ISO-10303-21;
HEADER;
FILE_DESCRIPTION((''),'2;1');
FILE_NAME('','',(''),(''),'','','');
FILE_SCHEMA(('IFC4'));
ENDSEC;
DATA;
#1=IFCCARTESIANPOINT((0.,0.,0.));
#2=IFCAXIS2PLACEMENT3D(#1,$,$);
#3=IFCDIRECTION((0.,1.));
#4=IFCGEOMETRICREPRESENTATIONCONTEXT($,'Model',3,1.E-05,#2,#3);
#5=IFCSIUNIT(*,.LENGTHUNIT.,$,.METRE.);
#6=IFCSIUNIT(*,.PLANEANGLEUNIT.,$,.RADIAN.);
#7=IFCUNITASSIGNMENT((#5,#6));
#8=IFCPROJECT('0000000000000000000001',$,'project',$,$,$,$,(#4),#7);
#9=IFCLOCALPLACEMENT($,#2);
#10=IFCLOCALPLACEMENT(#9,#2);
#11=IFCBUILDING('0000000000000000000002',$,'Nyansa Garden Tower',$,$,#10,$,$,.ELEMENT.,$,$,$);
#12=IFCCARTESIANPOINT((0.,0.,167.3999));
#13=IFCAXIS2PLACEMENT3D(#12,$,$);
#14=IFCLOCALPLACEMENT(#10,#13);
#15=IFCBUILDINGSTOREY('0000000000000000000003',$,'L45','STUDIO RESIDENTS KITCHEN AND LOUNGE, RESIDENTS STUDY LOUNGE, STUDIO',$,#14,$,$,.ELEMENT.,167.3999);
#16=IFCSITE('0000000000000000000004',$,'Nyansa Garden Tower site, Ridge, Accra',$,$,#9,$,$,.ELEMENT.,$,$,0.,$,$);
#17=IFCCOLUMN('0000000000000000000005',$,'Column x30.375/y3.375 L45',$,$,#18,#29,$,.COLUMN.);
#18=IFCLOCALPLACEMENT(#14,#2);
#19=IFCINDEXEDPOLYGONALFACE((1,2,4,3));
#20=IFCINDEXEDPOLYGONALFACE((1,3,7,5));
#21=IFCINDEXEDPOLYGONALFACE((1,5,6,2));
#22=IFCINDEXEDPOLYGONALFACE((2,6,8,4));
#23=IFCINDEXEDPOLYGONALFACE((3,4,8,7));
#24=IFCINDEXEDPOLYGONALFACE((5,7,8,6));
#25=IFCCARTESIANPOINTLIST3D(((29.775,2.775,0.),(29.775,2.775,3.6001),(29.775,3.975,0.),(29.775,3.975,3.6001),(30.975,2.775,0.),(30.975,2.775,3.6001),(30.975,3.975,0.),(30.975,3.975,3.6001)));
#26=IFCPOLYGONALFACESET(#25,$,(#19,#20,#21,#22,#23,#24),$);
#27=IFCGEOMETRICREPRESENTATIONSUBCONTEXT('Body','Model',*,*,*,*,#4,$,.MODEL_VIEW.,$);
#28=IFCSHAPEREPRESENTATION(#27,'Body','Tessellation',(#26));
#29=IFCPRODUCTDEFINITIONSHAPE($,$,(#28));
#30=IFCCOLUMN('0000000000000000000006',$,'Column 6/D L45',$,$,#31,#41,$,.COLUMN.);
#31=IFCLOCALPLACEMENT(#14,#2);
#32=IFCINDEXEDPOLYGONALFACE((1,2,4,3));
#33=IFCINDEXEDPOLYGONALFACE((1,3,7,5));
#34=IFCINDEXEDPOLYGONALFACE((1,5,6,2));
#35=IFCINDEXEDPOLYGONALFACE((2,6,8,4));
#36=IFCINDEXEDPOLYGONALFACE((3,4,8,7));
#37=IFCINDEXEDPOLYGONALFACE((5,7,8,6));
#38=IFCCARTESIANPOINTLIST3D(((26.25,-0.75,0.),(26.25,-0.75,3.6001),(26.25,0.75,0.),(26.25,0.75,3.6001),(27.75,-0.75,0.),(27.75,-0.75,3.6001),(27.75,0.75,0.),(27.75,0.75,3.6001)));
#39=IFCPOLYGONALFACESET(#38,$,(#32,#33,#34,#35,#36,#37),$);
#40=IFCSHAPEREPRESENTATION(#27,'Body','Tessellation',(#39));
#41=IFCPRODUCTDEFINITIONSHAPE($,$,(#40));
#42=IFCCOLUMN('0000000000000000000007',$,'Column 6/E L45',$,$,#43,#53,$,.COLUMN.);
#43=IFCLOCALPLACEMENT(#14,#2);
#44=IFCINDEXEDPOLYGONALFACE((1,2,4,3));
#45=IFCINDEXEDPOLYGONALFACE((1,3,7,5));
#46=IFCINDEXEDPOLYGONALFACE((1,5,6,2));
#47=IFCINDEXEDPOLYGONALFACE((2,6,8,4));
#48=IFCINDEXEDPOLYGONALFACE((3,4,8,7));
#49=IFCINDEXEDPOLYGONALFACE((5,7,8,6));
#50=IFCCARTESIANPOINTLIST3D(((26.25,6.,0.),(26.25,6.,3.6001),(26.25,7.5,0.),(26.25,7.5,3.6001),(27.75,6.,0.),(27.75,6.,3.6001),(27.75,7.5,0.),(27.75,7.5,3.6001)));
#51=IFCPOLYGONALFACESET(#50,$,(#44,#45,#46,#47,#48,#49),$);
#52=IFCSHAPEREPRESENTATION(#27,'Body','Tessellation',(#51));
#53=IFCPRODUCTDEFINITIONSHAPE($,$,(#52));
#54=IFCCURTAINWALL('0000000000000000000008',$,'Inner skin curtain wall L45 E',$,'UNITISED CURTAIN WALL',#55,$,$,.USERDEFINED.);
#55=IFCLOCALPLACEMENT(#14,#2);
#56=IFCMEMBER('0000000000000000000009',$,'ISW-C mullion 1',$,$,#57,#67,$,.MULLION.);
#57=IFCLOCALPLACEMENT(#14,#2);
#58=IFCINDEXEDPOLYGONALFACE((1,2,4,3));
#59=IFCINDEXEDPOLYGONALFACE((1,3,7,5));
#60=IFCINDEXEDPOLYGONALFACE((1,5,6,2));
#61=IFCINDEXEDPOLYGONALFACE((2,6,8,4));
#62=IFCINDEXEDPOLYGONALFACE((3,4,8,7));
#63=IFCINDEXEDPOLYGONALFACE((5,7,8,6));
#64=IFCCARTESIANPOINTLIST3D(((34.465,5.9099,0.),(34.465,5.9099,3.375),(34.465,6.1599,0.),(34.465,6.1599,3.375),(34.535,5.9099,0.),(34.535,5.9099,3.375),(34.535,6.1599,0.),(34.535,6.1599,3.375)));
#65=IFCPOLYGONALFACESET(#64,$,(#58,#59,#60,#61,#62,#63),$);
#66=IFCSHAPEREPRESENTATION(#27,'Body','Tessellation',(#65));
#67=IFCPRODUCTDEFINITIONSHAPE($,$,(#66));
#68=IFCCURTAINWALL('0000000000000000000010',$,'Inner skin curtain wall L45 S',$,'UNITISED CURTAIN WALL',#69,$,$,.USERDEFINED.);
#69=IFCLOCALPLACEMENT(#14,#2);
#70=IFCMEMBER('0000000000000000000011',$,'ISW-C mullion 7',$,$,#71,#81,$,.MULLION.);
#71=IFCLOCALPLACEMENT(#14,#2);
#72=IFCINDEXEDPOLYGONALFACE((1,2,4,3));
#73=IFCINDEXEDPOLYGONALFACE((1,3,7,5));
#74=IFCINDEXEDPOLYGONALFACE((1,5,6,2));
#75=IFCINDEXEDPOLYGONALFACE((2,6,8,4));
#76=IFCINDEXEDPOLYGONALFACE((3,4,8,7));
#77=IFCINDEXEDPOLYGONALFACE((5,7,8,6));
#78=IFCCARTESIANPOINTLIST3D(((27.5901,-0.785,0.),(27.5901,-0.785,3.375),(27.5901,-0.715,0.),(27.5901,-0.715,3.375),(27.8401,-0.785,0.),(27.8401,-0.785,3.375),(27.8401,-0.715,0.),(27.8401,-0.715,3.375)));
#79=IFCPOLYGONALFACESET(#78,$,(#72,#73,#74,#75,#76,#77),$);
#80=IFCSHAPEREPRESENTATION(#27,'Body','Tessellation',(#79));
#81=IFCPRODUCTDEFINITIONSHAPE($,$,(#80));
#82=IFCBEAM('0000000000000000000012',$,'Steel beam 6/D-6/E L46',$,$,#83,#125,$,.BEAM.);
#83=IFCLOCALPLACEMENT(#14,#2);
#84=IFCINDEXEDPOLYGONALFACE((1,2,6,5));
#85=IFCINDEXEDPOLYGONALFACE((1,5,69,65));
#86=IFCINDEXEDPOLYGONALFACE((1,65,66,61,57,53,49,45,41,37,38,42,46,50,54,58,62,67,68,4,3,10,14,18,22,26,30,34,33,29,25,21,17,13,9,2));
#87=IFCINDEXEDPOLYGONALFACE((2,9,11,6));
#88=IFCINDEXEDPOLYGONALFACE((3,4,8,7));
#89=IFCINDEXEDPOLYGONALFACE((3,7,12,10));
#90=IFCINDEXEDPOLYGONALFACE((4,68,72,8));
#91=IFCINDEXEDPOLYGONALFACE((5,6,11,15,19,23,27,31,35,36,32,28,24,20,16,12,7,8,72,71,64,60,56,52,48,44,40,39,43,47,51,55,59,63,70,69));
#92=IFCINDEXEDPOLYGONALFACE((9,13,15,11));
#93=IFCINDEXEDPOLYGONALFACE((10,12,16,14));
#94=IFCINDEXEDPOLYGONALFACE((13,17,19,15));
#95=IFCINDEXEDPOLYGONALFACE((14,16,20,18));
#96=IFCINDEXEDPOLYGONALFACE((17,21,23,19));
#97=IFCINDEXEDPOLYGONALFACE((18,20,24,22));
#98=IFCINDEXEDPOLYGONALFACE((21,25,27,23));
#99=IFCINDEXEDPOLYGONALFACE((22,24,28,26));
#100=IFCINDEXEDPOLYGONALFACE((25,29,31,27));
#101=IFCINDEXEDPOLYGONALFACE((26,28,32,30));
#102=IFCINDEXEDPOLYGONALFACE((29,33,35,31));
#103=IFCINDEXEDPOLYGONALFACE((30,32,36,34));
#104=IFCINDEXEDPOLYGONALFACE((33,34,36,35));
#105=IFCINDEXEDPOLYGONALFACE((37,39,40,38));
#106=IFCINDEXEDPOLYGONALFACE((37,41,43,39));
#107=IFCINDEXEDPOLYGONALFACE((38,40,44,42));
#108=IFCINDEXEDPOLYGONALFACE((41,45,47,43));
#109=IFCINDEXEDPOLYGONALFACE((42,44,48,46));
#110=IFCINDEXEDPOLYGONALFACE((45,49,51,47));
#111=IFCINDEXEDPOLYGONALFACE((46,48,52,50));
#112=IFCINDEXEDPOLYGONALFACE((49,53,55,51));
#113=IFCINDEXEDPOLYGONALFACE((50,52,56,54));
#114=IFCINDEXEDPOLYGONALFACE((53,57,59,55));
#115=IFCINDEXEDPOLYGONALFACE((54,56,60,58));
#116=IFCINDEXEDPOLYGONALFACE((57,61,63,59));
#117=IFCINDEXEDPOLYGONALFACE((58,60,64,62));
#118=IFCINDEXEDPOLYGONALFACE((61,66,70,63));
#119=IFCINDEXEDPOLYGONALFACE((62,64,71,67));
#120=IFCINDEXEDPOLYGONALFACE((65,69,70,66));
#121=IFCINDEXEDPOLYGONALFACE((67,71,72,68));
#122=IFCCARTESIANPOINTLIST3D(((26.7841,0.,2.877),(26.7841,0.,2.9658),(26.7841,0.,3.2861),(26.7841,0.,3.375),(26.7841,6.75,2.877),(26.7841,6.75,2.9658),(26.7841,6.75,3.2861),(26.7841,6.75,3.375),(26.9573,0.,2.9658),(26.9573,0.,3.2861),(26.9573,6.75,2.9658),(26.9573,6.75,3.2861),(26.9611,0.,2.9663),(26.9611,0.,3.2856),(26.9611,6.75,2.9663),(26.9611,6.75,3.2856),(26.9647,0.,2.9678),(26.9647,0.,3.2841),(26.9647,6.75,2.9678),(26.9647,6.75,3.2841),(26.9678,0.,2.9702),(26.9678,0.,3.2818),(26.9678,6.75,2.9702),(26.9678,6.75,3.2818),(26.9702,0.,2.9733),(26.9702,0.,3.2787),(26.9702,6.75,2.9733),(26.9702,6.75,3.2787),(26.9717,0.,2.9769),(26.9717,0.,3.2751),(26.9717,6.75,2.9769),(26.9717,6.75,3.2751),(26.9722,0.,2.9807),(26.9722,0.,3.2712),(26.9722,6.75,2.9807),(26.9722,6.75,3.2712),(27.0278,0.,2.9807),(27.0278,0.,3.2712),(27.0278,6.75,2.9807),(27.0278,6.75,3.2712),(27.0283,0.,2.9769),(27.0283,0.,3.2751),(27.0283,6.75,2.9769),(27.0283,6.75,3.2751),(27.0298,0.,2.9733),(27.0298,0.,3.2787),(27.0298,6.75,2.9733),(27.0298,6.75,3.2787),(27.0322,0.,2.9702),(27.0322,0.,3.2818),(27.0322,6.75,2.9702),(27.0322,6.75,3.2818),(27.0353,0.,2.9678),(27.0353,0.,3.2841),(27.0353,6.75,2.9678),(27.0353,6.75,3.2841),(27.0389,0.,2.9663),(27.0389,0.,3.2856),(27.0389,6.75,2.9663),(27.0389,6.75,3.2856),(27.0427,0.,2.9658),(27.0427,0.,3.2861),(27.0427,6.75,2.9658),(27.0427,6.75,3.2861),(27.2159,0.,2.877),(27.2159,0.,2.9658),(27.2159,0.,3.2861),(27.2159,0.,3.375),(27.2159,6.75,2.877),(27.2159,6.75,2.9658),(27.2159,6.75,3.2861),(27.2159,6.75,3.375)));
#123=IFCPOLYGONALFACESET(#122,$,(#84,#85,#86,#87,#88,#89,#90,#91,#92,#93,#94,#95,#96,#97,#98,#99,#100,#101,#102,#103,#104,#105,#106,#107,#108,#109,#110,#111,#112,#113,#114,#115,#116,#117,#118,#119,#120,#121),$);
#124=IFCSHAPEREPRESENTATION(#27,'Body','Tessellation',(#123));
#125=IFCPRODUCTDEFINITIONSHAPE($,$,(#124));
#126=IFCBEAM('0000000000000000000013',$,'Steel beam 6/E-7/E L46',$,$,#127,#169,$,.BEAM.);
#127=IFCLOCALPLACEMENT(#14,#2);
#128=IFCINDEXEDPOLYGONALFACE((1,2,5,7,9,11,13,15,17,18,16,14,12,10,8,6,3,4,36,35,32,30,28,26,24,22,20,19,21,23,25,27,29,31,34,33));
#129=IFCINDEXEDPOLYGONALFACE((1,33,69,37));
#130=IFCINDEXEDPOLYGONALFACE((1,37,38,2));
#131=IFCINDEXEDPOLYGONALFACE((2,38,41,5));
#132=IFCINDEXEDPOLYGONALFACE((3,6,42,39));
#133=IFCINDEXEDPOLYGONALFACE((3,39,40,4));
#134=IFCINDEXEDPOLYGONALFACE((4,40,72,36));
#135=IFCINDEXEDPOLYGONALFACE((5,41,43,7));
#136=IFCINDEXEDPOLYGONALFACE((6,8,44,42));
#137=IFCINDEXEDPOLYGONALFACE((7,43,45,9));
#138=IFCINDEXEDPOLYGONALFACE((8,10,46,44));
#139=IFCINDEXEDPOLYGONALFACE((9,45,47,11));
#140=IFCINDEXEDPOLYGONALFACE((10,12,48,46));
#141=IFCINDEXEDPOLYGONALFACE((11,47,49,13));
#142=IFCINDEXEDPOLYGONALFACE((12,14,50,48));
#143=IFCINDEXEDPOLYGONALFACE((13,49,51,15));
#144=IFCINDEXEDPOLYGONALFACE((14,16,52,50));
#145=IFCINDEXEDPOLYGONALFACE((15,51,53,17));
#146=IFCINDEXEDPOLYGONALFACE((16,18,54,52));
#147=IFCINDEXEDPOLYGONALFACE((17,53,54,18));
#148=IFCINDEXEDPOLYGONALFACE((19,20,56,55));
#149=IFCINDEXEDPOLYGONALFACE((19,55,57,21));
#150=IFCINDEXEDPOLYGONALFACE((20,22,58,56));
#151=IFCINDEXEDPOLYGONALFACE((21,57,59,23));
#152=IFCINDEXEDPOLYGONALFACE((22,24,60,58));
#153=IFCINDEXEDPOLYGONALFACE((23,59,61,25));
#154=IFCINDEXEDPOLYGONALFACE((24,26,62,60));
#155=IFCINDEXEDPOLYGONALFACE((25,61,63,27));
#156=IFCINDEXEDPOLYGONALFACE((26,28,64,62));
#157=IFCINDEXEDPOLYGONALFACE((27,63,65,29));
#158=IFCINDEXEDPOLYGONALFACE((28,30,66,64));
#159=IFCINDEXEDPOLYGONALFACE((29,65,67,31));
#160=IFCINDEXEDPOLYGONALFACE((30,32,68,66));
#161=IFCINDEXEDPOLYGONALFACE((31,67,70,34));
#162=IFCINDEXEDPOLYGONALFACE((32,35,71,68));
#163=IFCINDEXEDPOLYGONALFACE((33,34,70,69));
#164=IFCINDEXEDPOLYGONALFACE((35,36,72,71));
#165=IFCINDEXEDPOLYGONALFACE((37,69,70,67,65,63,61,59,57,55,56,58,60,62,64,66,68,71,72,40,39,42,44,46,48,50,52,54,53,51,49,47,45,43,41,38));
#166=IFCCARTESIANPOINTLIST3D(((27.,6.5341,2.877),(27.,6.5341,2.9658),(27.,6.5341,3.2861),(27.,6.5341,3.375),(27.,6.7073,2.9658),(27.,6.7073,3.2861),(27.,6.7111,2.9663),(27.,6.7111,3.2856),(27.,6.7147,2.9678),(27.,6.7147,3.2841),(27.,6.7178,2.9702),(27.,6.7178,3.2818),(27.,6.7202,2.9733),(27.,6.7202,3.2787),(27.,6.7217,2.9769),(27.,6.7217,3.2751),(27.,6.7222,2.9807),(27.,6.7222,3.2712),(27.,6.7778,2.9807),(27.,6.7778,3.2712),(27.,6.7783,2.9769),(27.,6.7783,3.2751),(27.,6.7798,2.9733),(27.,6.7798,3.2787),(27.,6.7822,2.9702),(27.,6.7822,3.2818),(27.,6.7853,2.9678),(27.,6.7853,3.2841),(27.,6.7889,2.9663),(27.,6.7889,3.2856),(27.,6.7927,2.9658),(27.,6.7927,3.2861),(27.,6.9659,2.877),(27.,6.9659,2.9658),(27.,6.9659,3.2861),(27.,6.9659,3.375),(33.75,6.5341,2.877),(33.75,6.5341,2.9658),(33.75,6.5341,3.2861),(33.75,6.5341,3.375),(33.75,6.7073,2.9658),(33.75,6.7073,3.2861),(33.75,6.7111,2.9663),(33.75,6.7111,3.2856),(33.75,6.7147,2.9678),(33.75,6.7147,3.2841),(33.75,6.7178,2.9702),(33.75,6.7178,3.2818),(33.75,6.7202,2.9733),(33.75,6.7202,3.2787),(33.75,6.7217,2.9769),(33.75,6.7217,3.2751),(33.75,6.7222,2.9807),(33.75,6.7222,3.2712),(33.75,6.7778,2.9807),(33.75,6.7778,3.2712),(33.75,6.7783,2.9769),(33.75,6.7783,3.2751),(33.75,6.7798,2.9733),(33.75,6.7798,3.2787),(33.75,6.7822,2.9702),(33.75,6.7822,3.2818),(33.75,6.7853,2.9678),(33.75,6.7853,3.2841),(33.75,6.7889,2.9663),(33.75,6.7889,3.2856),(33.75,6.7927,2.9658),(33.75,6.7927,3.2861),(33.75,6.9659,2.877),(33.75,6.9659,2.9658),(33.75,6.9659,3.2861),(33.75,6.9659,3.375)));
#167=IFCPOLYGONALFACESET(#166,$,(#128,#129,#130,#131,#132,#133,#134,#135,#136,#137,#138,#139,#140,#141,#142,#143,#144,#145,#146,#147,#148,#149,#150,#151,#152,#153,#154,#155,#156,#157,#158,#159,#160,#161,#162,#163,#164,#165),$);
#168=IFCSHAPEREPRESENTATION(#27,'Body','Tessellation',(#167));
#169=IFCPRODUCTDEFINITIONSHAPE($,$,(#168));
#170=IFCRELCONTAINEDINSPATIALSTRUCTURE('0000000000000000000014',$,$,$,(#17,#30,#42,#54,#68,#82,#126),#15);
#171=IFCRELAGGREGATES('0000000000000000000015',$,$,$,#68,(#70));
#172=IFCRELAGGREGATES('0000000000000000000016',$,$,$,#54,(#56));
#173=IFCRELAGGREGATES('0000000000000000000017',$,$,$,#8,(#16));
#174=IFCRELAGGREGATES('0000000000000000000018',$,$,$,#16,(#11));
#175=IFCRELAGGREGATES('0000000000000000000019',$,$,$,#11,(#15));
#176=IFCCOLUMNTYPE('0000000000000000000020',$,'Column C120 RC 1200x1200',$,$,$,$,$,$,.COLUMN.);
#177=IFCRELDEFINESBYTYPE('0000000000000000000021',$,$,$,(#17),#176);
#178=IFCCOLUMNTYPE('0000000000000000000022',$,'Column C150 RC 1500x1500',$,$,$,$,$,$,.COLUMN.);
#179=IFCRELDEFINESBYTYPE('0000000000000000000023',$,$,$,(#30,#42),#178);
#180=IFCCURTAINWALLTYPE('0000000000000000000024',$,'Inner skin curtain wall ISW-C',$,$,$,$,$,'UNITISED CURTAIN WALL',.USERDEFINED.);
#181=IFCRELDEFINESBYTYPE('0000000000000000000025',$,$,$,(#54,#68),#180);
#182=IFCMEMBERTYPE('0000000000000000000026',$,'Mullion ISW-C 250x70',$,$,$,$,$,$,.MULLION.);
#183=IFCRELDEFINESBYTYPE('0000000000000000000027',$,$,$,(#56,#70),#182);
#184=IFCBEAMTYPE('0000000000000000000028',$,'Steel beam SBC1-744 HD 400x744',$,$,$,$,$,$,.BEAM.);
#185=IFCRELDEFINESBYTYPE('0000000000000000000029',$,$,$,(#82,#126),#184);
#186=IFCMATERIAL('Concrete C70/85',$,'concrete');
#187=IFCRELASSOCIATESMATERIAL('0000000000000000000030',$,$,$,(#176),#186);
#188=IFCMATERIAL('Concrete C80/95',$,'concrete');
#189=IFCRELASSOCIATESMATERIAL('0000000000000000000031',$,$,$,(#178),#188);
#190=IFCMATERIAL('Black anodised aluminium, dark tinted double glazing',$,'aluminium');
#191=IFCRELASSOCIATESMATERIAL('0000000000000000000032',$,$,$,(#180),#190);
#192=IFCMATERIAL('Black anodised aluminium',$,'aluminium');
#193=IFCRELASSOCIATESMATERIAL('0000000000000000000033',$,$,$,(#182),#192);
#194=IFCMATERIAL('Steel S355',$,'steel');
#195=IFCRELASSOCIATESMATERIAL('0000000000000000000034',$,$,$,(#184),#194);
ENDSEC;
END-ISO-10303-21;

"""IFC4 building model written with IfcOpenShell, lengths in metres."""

from ifc_helpers import new_model, si_unit, direction, frame, origin, origin_2d, place, context, subcontext, project, spatial, rectangle, i_section, extrude, material, material_profile, profile_set, type_object, element, aggregate, save


model = new_model("IFC4")

# Units and contexts
model_context = context("Model", 3, precision=1e-05, world=origin(), true_north=direction((0.0, 1.0)))
body_context = subcontext(model_context, "Body", "Model", "MODEL_VIEW")
ifc_project = project(units=[si_unit("LENGTHUNIT", "METRE"), si_unit("PLANEANGLEUNIT", "RADIAN")], contexts=[model_context])

# Site, building, storey
site_placement = place(None, origin())
site = spatial("IfcSite", under=ifc_project, at=site_placement, Name="Nyansa Garden Tower site, Ridge, Accra", CompositionType="ELEMENT", RefElevation=0.0)
building_placement = place(site_placement, origin())
building = spatial("IfcBuilding", under=site, at=building_placement, Name="Nyansa Garden Tower", CompositionType="ELEMENT")
storey_placement = place(building_placement, frame((0.0, 0.0, 167.3999)))
storey = spatial("IfcBuildingStorey", under=building, at=storey_placement, Name="L45", Description="STUDIO RESIDENTS KITCHEN AND LOUNGE, RESIDENTS STUDY LOUNGE, STUDIO", CompositionType="ELEMENT", Elevation=167.3999)

# Columns
ifc_material_1 = material(Name="Concrete C70/85", Category="concrete")
ifc_material_profile_1 = material_profile(ifc_material_1, rectangle(XDim=1.2, YDim=1.2, at=origin_2d()), Name="RC 1200x1200")
ifc_profile_set_1 = profile_set([ifc_material_profile_1], Name="Concrete C70/85")
column_type_1 = type_object("IfcColumnType", Name="Column C120 RC 1200x1200", PredefinedType="COLUMN", material=ifc_profile_set_1)
column_placement = place(storey_placement, frame((30.375, 3.375, 0.0), z_axis=(0.0, 0.0, 1.0), x_axis=(1.0, 0.0, 0.0)))
element("IfcColumn", 1, at=column_placement, inside=storey, type_object=column_type_1, Name="Column x30.375/y3.375 L45", PredefinedType="COLUMN", context=body_context, shape_type="SweptSolid", body=[
    extrude(rectangle(XDim=1.2, YDim=1.2, at=origin_2d()), origin(), (0.0, 0.0, 1.0), 3.6001),
])
ifc_material_2 = material(Name="Concrete C80/95", Category="concrete")
ifc_material_profile_2 = material_profile(ifc_material_2, rectangle(XDim=1.5, YDim=1.5, at=origin_2d()), Name="RC 1500x1500")
ifc_profile_set_2 = profile_set([ifc_material_profile_2], Name="Concrete C80/95")
column_type_2 = type_object("IfcColumnType", Name="Column C150 RC 1500x1500", PredefinedType="COLUMN", material=ifc_profile_set_2)
for number, where, z_axis, x_axis, name in (
    (2, (27.0, 0.0, 0.0), (0.0, 0.0, 1.0), (1.0, 0.0, 0.0), "Column 6/D L45"),
    (3, (27.0, 6.75, 0.0), (0.0, 0.0, 1.0), (1.0, 0.0, 0.0), "Column 6/E L45"),
):
    element("IfcColumn", number, at=place(storey_placement, frame(where, z_axis=z_axis, x_axis=x_axis)), inside=storey, type_object=column_type_2, Name=name, PredefinedType="COLUMN", context=body_context, shape_type="SweptSolid", body=[
        extrude(rectangle(XDim=1.5, YDim=1.5, at=origin_2d()), origin(), (0.0, 0.0, 1.0), 3.6001),
    ])

# Curtain walls, members
ifc_material_3 = material(Name="Black anodised aluminium, dark tinted double glazing", Category="aluminium")
curtain_wall_type = type_object("IfcCurtainWallType", Name="Inner skin curtain wall ISW-C", ElementType="UNITISED CURTAIN WALL", PredefinedType="USERDEFINED", material=ifc_material_3)
curtain_wall_1_placement = place(storey_placement, origin())
curtain_wall_1 = element("IfcCurtainWall", 4, at=curtain_wall_1_placement, inside=storey, type_object=curtain_wall_type, Name="Inner skin curtain wall L45 E", ObjectType="UNITISED CURTAIN WALL", PredefinedType="USERDEFINED")
ifc_material_4 = material(Name="Black anodised aluminium", Category="aluminium")
ifc_material_profile_3 = material_profile(ifc_material_4, rectangle(XDim=0.0701, YDim=0.25, at=origin_2d()), Name="Mullion 250x70")
ifc_profile_set_3 = profile_set([ifc_material_profile_3], Name="Black anodised aluminium")
member_type_1 = type_object("IfcMemberType", Name="Mullion ISW-C 250x70", PredefinedType="MULLION", material=ifc_profile_set_3)
member_1_placement = place(storey_placement, frame((34.5, 6.0349, 0.0), z_axis=(0.0, 0.0, 1.0), x_axis=(-1.0, 0.0, 0.0)))
member_1 = element("IfcMember", 5, at=member_1_placement, type_object=member_type_1, Name="ISW-C mullion 1", PredefinedType="MULLION", context=body_context, shape_type="SweptSolid", body=[
    extrude(rectangle(XDim=0.0701, YDim=0.25, at=origin_2d()), origin(), (0.0, 0.0, 1.0), 3.375),
])
curtain_wall_2_placement = place(storey_placement, origin())
curtain_wall_2 = element("IfcCurtainWall", 6, at=curtain_wall_2_placement, inside=storey, type_object=curtain_wall_type, Name="Inner skin curtain wall L45 S", ObjectType="UNITISED CURTAIN WALL", PredefinedType="USERDEFINED")
member_2_placement = place(storey_placement, frame((27.7151, -0.75, 0.0), z_axis=(0.0, 0.0, 1.0), x_axis=(0.0, 1.0, 0.0)))
member_2 = element("IfcMember", 7, at=member_2_placement, type_object=member_type_1, Name="ISW-C mullion 7", PredefinedType="MULLION", context=body_context, shape_type="SweptSolid", body=[
    extrude(rectangle(XDim=0.0701, YDim=0.25, at=origin_2d()), origin(), (0.0, 0.0, 1.0), 3.375),
])
aggregate(curtain_wall_2, [member_2])

# Beams
ifc_material_5 = material(Name="Steel S355", Category="steel")
ifc_material_profile_4 = material_profile(ifc_material_5, i_section(OverallWidth=0.4319, OverallDepth=0.498, WebThickness=0.0557, FlangeThickness=0.0889, FilletRadius=0.0149, at=origin_2d()), Name="HD 400x744")
ifc_profile_set_4 = profile_set([ifc_material_profile_4], Name="Steel S355")
beam_type_1 = type_object("IfcBeamType", Name="Steel beam SBC1-744 HD 400x744", PredefinedType="BEAM", material=ifc_profile_set_4)
for number, where, z_axis, x_axis, name in (
    (8, (27.0, 0.0, 3.126), (0.0, 1.0, 0.0), (-1.0, 0.0, 0.0), "Steel beam 6/D-6/E L46"),
    (9, (27.0, 6.75, 3.126), (1.0, 0.0, 0.0), (0.0, 1.0, 0.0), "Steel beam 6/E-7/E L46"),
):
    element("IfcBeam", number, at=place(storey_placement, frame(where, z_axis=z_axis, x_axis=x_axis)), inside=storey, type_object=beam_type_1, Name=name, PredefinedType="BEAM", context=body_context, shape_type="SweptSolid", body=[
        extrude(i_section(OverallWidth=0.4319, OverallDepth=0.498, WebThickness=0.0557, FlangeThickness=0.0889, FilletRadius=0.0149, at=origin_2d()), origin(), (0.0, 0.0, 1.0), 6.75),
    ])

aggregate(curtain_wall_1, [member_1])

save(model, "model.ifc")
